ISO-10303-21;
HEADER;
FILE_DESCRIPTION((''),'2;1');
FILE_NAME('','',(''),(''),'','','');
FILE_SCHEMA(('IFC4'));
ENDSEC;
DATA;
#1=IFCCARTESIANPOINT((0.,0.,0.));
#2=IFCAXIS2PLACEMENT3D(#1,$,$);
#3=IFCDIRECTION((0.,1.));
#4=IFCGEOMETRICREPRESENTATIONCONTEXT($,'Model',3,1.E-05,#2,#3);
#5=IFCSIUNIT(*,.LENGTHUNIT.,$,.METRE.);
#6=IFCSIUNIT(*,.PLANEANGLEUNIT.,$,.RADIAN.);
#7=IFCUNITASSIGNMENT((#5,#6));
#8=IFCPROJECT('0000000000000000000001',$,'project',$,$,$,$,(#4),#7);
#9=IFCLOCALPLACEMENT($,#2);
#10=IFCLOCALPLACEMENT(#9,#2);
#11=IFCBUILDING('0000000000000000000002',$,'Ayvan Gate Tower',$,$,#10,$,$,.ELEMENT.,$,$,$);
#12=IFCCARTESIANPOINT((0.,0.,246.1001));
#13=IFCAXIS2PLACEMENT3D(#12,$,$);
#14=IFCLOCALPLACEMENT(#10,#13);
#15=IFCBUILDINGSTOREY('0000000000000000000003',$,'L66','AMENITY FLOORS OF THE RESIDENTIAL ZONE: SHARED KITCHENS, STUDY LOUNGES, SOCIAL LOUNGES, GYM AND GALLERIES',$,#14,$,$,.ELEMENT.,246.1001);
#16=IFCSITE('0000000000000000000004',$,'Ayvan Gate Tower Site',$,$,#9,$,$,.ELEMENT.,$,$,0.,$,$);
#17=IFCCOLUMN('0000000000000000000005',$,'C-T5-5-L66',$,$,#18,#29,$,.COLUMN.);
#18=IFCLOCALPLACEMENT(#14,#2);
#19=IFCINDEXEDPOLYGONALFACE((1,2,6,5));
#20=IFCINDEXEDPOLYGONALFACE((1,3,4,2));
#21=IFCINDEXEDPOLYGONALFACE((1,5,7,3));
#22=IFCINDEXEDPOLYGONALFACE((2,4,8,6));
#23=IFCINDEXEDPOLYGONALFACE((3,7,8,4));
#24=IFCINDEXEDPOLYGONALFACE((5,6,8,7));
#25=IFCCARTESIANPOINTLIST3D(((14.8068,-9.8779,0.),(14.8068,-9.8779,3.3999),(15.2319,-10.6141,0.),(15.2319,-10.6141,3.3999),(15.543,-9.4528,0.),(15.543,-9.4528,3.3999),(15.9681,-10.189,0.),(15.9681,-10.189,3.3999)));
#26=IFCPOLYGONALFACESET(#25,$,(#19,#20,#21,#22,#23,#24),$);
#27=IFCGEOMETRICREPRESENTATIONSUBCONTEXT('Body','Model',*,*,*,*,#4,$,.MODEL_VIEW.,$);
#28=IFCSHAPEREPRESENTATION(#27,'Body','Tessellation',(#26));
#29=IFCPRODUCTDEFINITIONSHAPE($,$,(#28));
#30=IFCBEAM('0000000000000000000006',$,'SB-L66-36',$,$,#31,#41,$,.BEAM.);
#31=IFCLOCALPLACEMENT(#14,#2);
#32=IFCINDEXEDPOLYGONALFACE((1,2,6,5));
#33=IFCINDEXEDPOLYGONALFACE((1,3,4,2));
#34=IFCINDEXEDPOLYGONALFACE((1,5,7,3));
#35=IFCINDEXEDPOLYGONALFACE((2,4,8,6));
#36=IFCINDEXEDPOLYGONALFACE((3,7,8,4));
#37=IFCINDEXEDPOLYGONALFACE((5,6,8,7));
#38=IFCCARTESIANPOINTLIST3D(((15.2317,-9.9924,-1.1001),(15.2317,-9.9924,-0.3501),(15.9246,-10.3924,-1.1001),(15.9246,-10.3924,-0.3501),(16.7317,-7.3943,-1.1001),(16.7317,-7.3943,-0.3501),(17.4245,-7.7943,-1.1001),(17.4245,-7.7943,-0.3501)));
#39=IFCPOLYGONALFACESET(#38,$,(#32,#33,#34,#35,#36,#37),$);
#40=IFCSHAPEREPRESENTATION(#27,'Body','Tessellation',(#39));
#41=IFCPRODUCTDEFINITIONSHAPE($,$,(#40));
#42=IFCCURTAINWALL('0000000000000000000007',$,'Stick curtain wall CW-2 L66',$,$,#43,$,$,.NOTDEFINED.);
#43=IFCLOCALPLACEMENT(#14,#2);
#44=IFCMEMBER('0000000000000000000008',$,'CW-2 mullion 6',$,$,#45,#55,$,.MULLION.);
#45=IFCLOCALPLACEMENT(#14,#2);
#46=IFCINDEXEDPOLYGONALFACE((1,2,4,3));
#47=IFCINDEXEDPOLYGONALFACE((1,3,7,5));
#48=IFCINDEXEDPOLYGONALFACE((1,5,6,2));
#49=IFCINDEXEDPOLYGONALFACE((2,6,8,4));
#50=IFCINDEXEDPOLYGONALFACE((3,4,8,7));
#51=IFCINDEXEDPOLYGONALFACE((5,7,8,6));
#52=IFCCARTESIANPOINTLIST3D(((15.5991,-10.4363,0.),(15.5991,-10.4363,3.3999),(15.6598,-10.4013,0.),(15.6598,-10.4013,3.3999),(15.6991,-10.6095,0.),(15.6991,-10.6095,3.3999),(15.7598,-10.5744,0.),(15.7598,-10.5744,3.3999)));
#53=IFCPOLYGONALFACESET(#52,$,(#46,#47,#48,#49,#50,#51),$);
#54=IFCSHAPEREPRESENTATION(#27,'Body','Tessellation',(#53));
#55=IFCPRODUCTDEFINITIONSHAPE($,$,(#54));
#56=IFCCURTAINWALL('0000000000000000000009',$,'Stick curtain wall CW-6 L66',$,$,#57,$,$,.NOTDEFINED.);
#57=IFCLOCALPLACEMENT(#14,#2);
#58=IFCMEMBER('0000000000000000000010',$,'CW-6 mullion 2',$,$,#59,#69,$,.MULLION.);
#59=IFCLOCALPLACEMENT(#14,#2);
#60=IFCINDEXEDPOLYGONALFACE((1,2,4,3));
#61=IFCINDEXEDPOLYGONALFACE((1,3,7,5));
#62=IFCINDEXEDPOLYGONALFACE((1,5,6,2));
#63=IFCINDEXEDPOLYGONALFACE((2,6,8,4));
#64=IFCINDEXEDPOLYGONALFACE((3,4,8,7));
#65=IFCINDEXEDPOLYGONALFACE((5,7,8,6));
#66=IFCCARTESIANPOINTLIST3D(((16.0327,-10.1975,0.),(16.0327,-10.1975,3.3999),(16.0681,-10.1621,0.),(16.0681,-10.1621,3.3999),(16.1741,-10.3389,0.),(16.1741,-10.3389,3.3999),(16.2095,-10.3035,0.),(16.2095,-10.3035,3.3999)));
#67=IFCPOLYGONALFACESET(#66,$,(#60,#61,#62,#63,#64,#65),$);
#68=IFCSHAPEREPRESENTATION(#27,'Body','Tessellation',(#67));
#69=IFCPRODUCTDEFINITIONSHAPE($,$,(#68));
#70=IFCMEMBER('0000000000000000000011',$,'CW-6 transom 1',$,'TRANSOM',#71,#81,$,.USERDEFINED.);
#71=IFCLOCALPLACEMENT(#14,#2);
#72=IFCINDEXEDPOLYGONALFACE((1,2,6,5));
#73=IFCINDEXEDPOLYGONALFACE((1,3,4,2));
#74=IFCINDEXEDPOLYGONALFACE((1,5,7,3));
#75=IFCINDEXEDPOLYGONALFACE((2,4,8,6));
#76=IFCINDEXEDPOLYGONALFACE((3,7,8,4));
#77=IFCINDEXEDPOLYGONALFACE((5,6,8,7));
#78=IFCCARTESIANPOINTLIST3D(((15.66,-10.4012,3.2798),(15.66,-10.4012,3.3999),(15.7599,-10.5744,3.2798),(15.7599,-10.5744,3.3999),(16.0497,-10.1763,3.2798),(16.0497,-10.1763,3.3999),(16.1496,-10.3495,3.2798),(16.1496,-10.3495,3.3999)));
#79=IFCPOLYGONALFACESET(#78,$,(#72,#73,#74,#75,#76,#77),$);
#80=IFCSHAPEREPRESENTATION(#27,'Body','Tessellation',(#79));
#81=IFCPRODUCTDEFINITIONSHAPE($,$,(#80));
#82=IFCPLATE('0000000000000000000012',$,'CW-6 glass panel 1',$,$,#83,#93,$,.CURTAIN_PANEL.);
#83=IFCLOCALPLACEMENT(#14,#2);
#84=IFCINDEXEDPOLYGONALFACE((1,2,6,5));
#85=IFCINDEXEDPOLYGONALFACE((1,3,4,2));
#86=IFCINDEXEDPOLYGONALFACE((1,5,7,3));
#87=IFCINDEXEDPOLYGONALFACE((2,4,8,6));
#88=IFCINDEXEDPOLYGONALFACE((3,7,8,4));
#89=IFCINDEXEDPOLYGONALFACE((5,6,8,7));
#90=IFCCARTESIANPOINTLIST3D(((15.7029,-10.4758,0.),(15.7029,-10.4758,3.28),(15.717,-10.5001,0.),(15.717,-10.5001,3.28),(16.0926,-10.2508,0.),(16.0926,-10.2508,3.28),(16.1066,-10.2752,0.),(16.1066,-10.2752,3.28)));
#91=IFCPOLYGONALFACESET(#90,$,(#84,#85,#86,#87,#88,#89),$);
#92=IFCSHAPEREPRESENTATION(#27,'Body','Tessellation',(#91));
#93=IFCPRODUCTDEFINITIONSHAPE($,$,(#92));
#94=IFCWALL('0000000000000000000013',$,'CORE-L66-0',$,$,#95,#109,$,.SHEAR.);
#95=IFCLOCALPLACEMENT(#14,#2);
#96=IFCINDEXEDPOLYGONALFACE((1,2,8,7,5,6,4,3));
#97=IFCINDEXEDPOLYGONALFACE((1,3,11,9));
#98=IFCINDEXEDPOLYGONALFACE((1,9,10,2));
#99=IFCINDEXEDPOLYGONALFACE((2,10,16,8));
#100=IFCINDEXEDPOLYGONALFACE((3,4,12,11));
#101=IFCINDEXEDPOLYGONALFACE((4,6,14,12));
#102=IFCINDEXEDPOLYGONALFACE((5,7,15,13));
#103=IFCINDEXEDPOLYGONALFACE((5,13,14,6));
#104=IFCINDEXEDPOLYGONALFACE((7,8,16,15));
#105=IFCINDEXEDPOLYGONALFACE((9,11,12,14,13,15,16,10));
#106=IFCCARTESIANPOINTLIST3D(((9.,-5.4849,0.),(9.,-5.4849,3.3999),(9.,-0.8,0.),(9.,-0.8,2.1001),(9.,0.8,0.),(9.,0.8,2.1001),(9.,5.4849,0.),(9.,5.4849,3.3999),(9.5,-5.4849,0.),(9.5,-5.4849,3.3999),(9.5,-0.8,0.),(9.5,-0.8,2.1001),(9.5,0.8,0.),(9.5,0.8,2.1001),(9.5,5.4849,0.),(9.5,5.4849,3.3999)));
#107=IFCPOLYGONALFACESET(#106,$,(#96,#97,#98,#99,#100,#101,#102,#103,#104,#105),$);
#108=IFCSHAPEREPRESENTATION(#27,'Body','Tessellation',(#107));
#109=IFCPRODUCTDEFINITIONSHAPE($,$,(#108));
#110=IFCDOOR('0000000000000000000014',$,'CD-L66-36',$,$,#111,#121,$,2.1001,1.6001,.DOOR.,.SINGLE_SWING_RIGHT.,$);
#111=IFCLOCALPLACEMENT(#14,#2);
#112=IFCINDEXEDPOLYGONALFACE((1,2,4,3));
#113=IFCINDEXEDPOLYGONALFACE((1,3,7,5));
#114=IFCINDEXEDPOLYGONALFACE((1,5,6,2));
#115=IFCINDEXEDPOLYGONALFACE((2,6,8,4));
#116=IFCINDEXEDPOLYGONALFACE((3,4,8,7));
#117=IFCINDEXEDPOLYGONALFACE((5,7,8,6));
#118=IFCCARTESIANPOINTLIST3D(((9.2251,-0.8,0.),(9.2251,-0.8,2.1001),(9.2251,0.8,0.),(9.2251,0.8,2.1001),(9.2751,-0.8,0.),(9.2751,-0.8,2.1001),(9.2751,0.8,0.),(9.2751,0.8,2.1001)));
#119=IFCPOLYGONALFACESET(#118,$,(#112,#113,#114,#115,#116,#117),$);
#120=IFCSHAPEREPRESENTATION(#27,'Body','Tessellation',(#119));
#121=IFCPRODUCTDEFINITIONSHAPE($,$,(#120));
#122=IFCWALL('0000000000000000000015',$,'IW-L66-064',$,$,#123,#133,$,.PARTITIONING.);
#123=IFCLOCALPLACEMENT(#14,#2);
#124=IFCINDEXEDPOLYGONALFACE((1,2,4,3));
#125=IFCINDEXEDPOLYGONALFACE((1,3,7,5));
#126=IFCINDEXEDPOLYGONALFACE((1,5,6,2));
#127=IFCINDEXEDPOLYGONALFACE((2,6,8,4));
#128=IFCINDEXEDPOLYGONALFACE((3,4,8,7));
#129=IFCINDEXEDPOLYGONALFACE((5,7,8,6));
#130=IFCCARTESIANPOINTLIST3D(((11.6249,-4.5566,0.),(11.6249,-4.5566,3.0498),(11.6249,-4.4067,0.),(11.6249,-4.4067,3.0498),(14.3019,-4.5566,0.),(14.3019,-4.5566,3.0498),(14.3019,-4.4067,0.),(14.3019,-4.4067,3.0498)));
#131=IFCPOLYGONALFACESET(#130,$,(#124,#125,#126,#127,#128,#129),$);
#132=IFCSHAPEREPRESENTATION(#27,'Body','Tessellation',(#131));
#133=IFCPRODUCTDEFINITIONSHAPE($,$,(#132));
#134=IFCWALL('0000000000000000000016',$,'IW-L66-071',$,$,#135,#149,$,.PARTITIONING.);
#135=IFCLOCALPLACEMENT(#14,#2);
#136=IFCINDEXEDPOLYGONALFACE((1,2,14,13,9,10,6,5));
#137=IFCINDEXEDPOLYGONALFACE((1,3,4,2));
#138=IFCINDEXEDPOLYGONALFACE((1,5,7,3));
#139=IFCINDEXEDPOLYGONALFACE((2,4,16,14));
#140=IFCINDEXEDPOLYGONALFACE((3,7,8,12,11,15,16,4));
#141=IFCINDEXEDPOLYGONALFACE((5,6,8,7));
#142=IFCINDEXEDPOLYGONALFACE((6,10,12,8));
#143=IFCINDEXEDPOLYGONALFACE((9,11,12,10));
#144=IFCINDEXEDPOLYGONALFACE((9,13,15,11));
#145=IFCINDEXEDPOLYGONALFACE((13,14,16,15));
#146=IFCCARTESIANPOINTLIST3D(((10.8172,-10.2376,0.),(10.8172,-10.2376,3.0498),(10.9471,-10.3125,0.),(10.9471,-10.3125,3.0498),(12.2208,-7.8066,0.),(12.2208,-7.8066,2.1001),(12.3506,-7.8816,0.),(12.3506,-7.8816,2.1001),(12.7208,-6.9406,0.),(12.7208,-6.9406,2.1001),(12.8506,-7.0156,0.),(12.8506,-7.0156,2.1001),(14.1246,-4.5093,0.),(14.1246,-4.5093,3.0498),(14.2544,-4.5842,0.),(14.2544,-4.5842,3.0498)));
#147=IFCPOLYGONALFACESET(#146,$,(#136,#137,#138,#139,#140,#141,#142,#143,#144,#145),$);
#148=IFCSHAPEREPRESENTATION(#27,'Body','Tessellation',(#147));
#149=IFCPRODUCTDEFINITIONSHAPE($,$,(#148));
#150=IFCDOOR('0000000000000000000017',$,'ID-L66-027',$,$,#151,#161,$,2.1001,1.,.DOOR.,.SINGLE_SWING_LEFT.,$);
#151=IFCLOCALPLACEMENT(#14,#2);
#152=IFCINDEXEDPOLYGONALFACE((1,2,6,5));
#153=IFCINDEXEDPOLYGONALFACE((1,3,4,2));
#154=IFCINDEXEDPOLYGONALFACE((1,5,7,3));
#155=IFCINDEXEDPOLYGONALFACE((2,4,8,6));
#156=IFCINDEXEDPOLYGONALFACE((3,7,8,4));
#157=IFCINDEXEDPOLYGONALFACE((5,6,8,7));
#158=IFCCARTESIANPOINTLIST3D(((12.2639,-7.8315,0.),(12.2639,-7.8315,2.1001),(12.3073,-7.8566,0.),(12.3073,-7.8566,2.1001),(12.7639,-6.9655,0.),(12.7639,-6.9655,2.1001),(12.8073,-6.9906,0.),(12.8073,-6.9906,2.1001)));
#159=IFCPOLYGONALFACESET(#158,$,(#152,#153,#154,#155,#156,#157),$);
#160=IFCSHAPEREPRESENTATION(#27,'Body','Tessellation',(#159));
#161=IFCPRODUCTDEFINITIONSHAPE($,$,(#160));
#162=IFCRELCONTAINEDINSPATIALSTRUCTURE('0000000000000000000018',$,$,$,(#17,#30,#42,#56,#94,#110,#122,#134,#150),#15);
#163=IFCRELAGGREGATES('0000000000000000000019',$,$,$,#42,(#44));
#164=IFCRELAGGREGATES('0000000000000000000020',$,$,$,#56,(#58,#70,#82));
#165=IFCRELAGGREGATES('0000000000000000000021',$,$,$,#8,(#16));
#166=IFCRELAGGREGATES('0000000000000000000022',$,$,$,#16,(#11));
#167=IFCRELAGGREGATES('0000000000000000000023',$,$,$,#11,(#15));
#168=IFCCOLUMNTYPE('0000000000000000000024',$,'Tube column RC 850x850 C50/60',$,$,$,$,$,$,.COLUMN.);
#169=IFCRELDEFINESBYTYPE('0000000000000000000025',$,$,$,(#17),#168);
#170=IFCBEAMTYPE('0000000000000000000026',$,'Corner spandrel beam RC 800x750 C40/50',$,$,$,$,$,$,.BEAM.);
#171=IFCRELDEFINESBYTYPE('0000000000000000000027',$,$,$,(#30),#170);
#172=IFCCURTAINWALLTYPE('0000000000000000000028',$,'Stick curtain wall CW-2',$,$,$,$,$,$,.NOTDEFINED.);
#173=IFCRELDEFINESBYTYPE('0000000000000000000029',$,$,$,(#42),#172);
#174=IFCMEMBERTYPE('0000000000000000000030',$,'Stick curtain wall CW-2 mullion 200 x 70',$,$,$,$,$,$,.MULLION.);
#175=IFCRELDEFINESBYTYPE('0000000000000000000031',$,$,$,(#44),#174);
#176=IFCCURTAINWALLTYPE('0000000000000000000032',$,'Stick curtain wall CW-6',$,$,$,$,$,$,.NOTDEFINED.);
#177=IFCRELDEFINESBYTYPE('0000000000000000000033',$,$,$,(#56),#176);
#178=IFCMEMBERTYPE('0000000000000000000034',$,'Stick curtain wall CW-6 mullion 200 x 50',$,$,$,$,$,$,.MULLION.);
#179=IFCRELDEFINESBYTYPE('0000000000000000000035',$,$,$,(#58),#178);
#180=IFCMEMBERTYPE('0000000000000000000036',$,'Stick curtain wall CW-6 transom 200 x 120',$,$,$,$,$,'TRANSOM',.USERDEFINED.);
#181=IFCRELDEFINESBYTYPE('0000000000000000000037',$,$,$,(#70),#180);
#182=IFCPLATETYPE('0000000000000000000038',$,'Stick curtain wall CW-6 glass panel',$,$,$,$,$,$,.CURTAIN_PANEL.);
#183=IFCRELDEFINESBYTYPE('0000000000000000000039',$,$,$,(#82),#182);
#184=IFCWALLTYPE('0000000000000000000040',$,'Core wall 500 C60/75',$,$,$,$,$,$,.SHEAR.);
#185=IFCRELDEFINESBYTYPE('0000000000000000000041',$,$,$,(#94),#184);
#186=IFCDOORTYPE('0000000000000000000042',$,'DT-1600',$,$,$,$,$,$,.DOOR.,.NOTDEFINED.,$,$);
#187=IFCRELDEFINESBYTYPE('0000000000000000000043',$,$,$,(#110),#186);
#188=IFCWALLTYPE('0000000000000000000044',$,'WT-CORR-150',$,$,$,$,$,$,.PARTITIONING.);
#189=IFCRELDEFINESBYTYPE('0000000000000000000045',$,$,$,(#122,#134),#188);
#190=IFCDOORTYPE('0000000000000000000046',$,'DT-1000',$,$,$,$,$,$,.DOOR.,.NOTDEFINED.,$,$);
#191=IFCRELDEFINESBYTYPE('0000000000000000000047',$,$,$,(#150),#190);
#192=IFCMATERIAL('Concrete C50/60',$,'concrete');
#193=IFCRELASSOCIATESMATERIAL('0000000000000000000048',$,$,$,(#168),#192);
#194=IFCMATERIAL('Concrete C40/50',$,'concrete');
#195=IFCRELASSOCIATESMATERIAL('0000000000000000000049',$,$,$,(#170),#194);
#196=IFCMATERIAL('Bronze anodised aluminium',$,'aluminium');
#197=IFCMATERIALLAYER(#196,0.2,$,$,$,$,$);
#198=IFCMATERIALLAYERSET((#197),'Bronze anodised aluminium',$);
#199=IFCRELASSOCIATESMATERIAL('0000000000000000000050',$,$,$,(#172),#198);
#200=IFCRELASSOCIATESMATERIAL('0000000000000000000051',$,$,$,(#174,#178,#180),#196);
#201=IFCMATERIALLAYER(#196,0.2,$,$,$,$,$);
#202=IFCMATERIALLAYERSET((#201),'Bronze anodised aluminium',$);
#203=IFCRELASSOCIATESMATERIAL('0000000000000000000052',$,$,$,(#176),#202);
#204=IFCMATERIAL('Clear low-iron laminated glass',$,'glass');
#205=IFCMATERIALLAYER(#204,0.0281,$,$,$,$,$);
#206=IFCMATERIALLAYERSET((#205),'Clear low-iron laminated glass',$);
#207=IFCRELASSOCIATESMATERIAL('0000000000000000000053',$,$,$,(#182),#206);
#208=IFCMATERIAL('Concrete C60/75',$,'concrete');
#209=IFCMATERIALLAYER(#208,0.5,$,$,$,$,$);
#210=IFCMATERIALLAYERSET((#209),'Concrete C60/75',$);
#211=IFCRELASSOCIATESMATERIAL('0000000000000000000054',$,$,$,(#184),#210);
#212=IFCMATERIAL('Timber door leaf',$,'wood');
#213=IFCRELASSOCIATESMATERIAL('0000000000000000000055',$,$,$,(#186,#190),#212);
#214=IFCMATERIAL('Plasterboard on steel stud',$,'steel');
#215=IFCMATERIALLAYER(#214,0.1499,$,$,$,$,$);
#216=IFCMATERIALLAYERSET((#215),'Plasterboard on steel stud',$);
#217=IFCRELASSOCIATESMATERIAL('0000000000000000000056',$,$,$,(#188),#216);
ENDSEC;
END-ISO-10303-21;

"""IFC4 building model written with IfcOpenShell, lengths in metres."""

from ifc_helpers import new_model, si_unit, direction, frame, frame_2d, origin, origin_2d, place, context, subcontext, project, spatial, rectangle, extrude, material, layer, layer_set, material_profile, profile_set, type_object, element, fill, aggregate, save


model = new_model("IFC4")

# Units and contexts
model_context = context("Model", 3, precision=1e-05, world=origin(), true_north=direction((0.0, 1.0)))
body_context = subcontext(model_context, "Body", "Model", "MODEL_VIEW")
ifc_project = project(units=[si_unit("LENGTHUNIT", "METRE"), si_unit("PLANEANGLEUNIT", "RADIAN")], contexts=[model_context])

# Site, building, storey
site_placement = place(None, origin())
site = spatial("IfcSite", under=ifc_project, at=site_placement, Name="Ayvan Gate Tower Site", CompositionType="ELEMENT", RefElevation=0.0)
building_placement = place(site_placement, origin())
building = spatial("IfcBuilding", under=site, at=building_placement, Name="Ayvan Gate Tower", CompositionType="ELEMENT")
storey_placement = place(building_placement, frame((0.0, 0.0, 246.1001)))
storey = spatial("IfcBuildingStorey", under=building, at=storey_placement, Name="L66", Description="AMENITY FLOORS OF THE RESIDENTIAL ZONE: SHARED KITCHENS, STUDY LOUNGES, SOCIAL LOUNGES, GYM AND GALLERIES", CompositionType="ELEMENT", Elevation=246.1001)

# Column
ifc_material_1 = material(Name="Concrete C50/60", Category="concrete")
ifc_material_profile_1 = material_profile(ifc_material_1, rectangle(XDim=0.8501, YDim=0.8501, at=origin_2d()), Name="RC 850x850")
ifc_profile_set_1 = profile_set([ifc_material_profile_1], Name="Concrete C50/60")
column_type = type_object("IfcColumnType", Name="Tube column RC 850x850 C50/60", PredefinedType="COLUMN", material=ifc_profile_set_1)
column_placement = place(storey_placement, frame((15.3875, -10.0334, 0.0), z_axis=(0.0, 0.0, 1.0), x_axis=(0.5, -0.866025, 0.0)))
element("IfcColumn", 1, at=column_placement, inside=storey, type_object=column_type, Name="C-T5-5-L66", PredefinedType="COLUMN", context=body_context, shape_type="SweptSolid", body=[
    extrude(rectangle(XDim=0.8501, YDim=0.8501, at=origin_2d()), origin(), (0.0, 0.0, 1.0), 3.3999),
])

# Beam
ifc_material_2 = material(Name="Concrete C40/50", Category="concrete")
ifc_material_profile_2 = material_profile(ifc_material_2, rectangle(XDim=0.8, YDim=0.75, at=origin_2d()), Name="RC 800x750")
ifc_profile_set_2 = profile_set([ifc_material_profile_2], Name="Concrete C40/50")
beam_type = type_object("IfcBeamType", Name="Corner spandrel beam RC 800x750 C40/50", PredefinedType="BEAM", material=ifc_profile_set_2)
beam_placement = place(storey_placement, frame((15.5781, -10.1924, -0.7251), z_axis=(0.49999, 0.866031, 0.0), x_axis=(-0.866031, 0.49999, 0.0)))
element("IfcBeam", 2, at=beam_placement, inside=storey, type_object=beam_type, Name="SB-L66-36", PredefinedType="BEAM", context=body_context, shape_type="SweptSolid", body=[
    extrude(rectangle(XDim=0.8, YDim=0.75, at=origin_2d()), origin(), (0.0, 0.0, 1.0), 3.0),
])

# Curtain wall, member
ifc_material_3 = material(Name="Bronze anodised aluminium", Category="aluminium")
ifc_layer_1 = layer(ifc_material_3, 0.2)
ifc_layer_set_1 = layer_set([ifc_layer_1], Name="Bronze anodised aluminium")
curtain_wall_type_1 = type_object("IfcCurtainWallType", Name="Stick curtain wall CW-2", PredefinedType="NOTDEFINED", material=ifc_layer_set_1)
curtain_wall_1_placement = place(storey_placement, origin())
curtain_wall_1 = element("IfcCurtainWall", 3, at=curtain_wall_1_placement, inside=storey, type_object=curtain_wall_type_1, Name="Stick curtain wall CW-2 L66", PredefinedType="NOTDEFINED")
ifc_material_profile_3 = material_profile(ifc_material_3, rectangle(XDim=0.2, YDim=0.0701, at=origin_2d()), Name="Stick curtain wall CW-2 mullion 200 x 70")
ifc_profile_set_3 = profile_set([ifc_material_profile_3], Name="Bronze anodised aluminium")
member_type_1 = type_object("IfcMemberType", Name="Stick curtain wall CW-2 mullion 200 x 70", PredefinedType="MULLION", material=ifc_profile_set_3)
member_1_placement = place(storey_placement, frame((15.6794, -10.5054, 0.0), z_axis=(0.0, 0.0, 1.0), x_axis=(0.5, -0.866025, 0.0)))
member_1 = element("IfcMember", 4, at=member_1_placement, type_object=member_type_1, Name="CW-2 mullion 6", PredefinedType="MULLION", context=body_context, shape_type="SweptSolid", body=[
    extrude(rectangle(XDim=0.2, YDim=0.0701, at=origin_2d()), origin(), (0.0, 0.0, 1.0), 3.3999),
])
aggregate(curtain_wall_1, [member_1])

# Curtain wall, members, plate
ifc_layer_2 = layer(ifc_material_3, 0.2)
ifc_layer_set_2 = layer_set([ifc_layer_2], Name="Bronze anodised aluminium")
curtain_wall_type_2 = type_object("IfcCurtainWallType", Name="Stick curtain wall CW-6", PredefinedType="NOTDEFINED", material=ifc_layer_set_2)
curtain_wall_2_placement = place(storey_placement, origin())
curtain_wall_2 = element("IfcCurtainWall", 5, at=curtain_wall_2_placement, inside=storey, type_object=curtain_wall_type_2, Name="Stick curtain wall CW-6 L66", PredefinedType="NOTDEFINED")
ifc_material_profile_4 = material_profile(ifc_material_3, rectangle(XDim=0.2, YDim=0.05, at=origin_2d()), Name="Stick curtain wall CW-6 mullion 200 x 50")
ifc_profile_set_4 = profile_set([ifc_material_profile_4], Name="Bronze anodised aluminium")
member_type_2 = type_object("IfcMemberType", Name="Stick curtain wall CW-6 mullion 200 x 50", PredefinedType="MULLION", material=ifc_profile_set_4)
member_2_placement = place(storey_placement, frame((16.1211, -10.2505, 0.0), z_axis=(0.0, 0.0, 1.0), x_axis=(0.707107, -0.707107, 0.0)))
member_2 = element("IfcMember", 6, at=member_2_placement, type_object=member_type_2, Name="CW-6 mullion 2", PredefinedType="MULLION", context=body_context, shape_type="SweptSolid", body=[
    extrude(rectangle(XDim=0.2, YDim=0.05, at=origin_2d()), origin(), (0.0, 0.0, 1.0), 3.3999),
])
ifc_material_profile_5 = material_profile(ifc_material_3, rectangle(XDim=0.2, YDim=0.1201, at=origin_2d()), Name="Stick curtain wall CW-6 transom 200 x 120")
ifc_profile_set_5 = profile_set([ifc_material_profile_5], Name="Bronze anodised aluminium")
member_type_3 = type_object("IfcMemberType", Name="Stick curtain wall CW-6 transom 200 x 120", ElementType="TRANSOM", PredefinedType="USERDEFINED", material=ifc_profile_set_5)
member_3_placement = place(storey_placement, frame((15.71, -10.4878, 3.3398), z_axis=(0.866131, 0.499816, 0.0), x_axis=(-0.499816, 0.866131, 0.0)))
member_3 = element("IfcMember", 7, at=member_3_placement, type_object=member_type_3, Name="CW-6 transom 1", ObjectType="TRANSOM", PredefinedType="USERDEFINED", context=body_context, shape_type="SweptSolid", body=[
    extrude(rectangle(XDim=0.2, YDim=0.1201, at=origin_2d()), origin(), (0.0, 0.0, 1.0), 0.45),
])
ifc_material_4 = material(Name="Clear low-iron laminated glass", Category="glass")
ifc_layer_3 = layer(ifc_material_4, 0.0281)
ifc_layer_set_3 = layer_set([ifc_layer_3], Name="Clear low-iron laminated glass")
plate_type = type_object("IfcPlateType", Name="Stick curtain wall CW-6 glass panel", PredefinedType="CURTAIN_PANEL", material=ifc_layer_set_3)
plate_placement = place(storey_placement, frame((15.9048, -10.3755, 0.0), z_axis=(0.0, 0.0, 1.0), x_axis=(0.866025, 0.5, 0.0)))
plate = element("IfcPlate", 8, at=plate_placement, type_object=plate_type, Name="CW-6 glass panel 1", PredefinedType="CURTAIN_PANEL", context=body_context, shape_type="SweptSolid", body=[
    extrude(rectangle(XDim=0.45, YDim=0.0281, at=origin_2d()), origin(), (0.0, 0.0, 1.0), 3.28),
])
aggregate(curtain_wall_2, [member_2, member_3, plate])

# Wall, opening, door
ifc_material_5 = material(Name="Concrete C60/75", Category="concrete")
ifc_layer_4 = layer(ifc_material_5, 0.5)
ifc_layer_set_4 = layer_set([ifc_layer_4], Name="Concrete C60/75")
wall_type_1 = type_object("IfcWallType", Name="Core wall 500 C60/75", PredefinedType="SHEAR", material=ifc_layer_set_4)
wall_1_placement = place(storey_placement, frame((9.25, -5.4849, 0.0), z_axis=(0.0, 0.0, 1.0), x_axis=(0.0, 1.0, 0.0)))
wall_1 = element("IfcWall", 9, at=wall_1_placement, inside=storey, type_object=wall_type_1, Name="CORE-L66-0", PredefinedType="SHEAR", context=body_context, shape_type="SweptSolid", body=[
    extrude(rectangle(XDim=10.9697, YDim=0.5, at=frame_2d((5.4849, 0.0))), origin(), (0.0, 0.0, 1.0), 3.3999),
])
opening_1_placement = place(wall_1_placement, frame((4.6848, 0.0, 0.0)))
opening_1 = element("IfcOpeningElement", 10, at=opening_1_placement, cuts=wall_1, PredefinedType="OPENING", context=body_context, shape_type="SweptSolid", body=[
    extrude(rectangle(XDim=1.6001, YDim=2.1001, at=frame_2d((0.8, 1.05))), frame((0.0, 0.26, 0.0), z_axis=(0.0, -1.0, 0.0), x_axis=(1.0, 0.0, 0.0)), (0.0, 0.0, 1.0), 0.52),
])
ifc_material_6 = material(Name="Timber door leaf", Category="wood")
door_type_1 = type_object("IfcDoorType", Name="DT-1600", OperationType="NOTDEFINED", PredefinedType="DOOR", material=ifc_material_6)
door_1_placement = place(opening_1_placement, origin())
door_1 = element("IfcDoor", 11, at=door_1_placement, inside=storey, type_object=door_type_1, Name="CD-L66-36", OperationType="SINGLE_SWING_RIGHT", OverallHeight=2.1001, OverallWidth=1.6001, PredefinedType="DOOR", context=body_context, shape_type="SweptSolid", body=[
    extrude(rectangle(XDim=1.6001, YDim=2.1001, at=frame_2d((0.8, 1.05))), frame((0.0, 0.0249, 0.0), z_axis=(0.0, -1.0, 0.0), x_axis=(1.0, 0.0, 0.0)), (0.0, 0.0, 1.0), 0.05),
])
fill(opening_1, door_1)

# Wall
ifc_material_7 = material(Name="Plasterboard on steel stud", Category="steel")
ifc_layer_5 = layer(ifc_material_7, 0.1499)
ifc_layer_set_5 = layer_set([ifc_layer_5], Name="Plasterboard on steel stud")
wall_type_2 = type_object("IfcWallType", Name="WT-CORR-150", PredefinedType="PARTITIONING", material=ifc_layer_set_5)
wall_2_placement = place(storey_placement, frame((11.625, -4.4817, 0.0), z_axis=(0.0, 0.0, 1.0), x_axis=(1.0, 0.0, 0.0)))
element("IfcWall", 12, at=wall_2_placement, inside=storey, type_object=wall_type_2, Name="IW-L66-064", PredefinedType="PARTITIONING", context=body_context, shape_type="SweptSolid", body=[
    extrude(rectangle(XDim=2.677, YDim=0.1499, at=frame_2d((1.3384, 0.0))), origin(), (0.0, 0.0, 1.0), 3.0498),
])

# Wall, opening, door
wall_3_placement = place(storey_placement, frame((14.1895, -4.5469, 0.0), z_axis=(0.0, 0.0, 1.0), x_axis=(-0.500017, -0.866015, 0.0)))
wall_3 = element("IfcWall", 13, at=wall_3_placement, inside=storey, type_object=wall_type_2, Name="IW-L66-071", PredefinedType="PARTITIONING", context=body_context, shape_type="SweptSolid", body=[
    extrude(rectangle(XDim=6.6145, YDim=0.1499, at=frame_2d((3.3071, 0.0))), origin(), (0.0, 0.0, 1.0), 3.0498),
])
opening_2_placement = place(wall_3_placement, frame((2.8074, 0.0, 0.0)))
opening_2 = element("IfcOpeningElement", 14, at=opening_2_placement, cuts=wall_3, PredefinedType="OPENING", context=body_context, shape_type="SweptSolid", body=[
    extrude(rectangle(XDim=1.0, YDim=2.1001, at=frame_2d((0.5, 1.05))), frame((0.0, 0.085, 0.0), z_axis=(0.0, -1.0, 0.0), x_axis=(1.0, 0.0, 0.0)), (0.0, 0.0, 1.0), 0.1699),
])
door_type_2 = type_object("IfcDoorType", Name="DT-1000", OperationType="NOTDEFINED", PredefinedType="DOOR", material=ifc_material_6)
door_2_placement = place(opening_2_placement, origin())
door_2 = element("IfcDoor", 15, at=door_2_placement, inside=storey, type_object=door_type_2, Name="ID-L66-027", OperationType="SINGLE_SWING_LEFT", OverallHeight=2.1001, OverallWidth=1.0, PredefinedType="DOOR", context=body_context, shape_type="SweptSolid", body=[
    extrude(rectangle(XDim=1.0, YDim=2.1001, at=frame_2d((0.5, 1.05))), frame((0.0, 0.0249, 0.0), z_axis=(0.0, -1.0, 0.0), x_axis=(1.0, 0.0, 0.0)), (0.0, 0.0, 1.0), 0.05),
])
fill(opening_2, door_2)

save(model, "model.ifc")
